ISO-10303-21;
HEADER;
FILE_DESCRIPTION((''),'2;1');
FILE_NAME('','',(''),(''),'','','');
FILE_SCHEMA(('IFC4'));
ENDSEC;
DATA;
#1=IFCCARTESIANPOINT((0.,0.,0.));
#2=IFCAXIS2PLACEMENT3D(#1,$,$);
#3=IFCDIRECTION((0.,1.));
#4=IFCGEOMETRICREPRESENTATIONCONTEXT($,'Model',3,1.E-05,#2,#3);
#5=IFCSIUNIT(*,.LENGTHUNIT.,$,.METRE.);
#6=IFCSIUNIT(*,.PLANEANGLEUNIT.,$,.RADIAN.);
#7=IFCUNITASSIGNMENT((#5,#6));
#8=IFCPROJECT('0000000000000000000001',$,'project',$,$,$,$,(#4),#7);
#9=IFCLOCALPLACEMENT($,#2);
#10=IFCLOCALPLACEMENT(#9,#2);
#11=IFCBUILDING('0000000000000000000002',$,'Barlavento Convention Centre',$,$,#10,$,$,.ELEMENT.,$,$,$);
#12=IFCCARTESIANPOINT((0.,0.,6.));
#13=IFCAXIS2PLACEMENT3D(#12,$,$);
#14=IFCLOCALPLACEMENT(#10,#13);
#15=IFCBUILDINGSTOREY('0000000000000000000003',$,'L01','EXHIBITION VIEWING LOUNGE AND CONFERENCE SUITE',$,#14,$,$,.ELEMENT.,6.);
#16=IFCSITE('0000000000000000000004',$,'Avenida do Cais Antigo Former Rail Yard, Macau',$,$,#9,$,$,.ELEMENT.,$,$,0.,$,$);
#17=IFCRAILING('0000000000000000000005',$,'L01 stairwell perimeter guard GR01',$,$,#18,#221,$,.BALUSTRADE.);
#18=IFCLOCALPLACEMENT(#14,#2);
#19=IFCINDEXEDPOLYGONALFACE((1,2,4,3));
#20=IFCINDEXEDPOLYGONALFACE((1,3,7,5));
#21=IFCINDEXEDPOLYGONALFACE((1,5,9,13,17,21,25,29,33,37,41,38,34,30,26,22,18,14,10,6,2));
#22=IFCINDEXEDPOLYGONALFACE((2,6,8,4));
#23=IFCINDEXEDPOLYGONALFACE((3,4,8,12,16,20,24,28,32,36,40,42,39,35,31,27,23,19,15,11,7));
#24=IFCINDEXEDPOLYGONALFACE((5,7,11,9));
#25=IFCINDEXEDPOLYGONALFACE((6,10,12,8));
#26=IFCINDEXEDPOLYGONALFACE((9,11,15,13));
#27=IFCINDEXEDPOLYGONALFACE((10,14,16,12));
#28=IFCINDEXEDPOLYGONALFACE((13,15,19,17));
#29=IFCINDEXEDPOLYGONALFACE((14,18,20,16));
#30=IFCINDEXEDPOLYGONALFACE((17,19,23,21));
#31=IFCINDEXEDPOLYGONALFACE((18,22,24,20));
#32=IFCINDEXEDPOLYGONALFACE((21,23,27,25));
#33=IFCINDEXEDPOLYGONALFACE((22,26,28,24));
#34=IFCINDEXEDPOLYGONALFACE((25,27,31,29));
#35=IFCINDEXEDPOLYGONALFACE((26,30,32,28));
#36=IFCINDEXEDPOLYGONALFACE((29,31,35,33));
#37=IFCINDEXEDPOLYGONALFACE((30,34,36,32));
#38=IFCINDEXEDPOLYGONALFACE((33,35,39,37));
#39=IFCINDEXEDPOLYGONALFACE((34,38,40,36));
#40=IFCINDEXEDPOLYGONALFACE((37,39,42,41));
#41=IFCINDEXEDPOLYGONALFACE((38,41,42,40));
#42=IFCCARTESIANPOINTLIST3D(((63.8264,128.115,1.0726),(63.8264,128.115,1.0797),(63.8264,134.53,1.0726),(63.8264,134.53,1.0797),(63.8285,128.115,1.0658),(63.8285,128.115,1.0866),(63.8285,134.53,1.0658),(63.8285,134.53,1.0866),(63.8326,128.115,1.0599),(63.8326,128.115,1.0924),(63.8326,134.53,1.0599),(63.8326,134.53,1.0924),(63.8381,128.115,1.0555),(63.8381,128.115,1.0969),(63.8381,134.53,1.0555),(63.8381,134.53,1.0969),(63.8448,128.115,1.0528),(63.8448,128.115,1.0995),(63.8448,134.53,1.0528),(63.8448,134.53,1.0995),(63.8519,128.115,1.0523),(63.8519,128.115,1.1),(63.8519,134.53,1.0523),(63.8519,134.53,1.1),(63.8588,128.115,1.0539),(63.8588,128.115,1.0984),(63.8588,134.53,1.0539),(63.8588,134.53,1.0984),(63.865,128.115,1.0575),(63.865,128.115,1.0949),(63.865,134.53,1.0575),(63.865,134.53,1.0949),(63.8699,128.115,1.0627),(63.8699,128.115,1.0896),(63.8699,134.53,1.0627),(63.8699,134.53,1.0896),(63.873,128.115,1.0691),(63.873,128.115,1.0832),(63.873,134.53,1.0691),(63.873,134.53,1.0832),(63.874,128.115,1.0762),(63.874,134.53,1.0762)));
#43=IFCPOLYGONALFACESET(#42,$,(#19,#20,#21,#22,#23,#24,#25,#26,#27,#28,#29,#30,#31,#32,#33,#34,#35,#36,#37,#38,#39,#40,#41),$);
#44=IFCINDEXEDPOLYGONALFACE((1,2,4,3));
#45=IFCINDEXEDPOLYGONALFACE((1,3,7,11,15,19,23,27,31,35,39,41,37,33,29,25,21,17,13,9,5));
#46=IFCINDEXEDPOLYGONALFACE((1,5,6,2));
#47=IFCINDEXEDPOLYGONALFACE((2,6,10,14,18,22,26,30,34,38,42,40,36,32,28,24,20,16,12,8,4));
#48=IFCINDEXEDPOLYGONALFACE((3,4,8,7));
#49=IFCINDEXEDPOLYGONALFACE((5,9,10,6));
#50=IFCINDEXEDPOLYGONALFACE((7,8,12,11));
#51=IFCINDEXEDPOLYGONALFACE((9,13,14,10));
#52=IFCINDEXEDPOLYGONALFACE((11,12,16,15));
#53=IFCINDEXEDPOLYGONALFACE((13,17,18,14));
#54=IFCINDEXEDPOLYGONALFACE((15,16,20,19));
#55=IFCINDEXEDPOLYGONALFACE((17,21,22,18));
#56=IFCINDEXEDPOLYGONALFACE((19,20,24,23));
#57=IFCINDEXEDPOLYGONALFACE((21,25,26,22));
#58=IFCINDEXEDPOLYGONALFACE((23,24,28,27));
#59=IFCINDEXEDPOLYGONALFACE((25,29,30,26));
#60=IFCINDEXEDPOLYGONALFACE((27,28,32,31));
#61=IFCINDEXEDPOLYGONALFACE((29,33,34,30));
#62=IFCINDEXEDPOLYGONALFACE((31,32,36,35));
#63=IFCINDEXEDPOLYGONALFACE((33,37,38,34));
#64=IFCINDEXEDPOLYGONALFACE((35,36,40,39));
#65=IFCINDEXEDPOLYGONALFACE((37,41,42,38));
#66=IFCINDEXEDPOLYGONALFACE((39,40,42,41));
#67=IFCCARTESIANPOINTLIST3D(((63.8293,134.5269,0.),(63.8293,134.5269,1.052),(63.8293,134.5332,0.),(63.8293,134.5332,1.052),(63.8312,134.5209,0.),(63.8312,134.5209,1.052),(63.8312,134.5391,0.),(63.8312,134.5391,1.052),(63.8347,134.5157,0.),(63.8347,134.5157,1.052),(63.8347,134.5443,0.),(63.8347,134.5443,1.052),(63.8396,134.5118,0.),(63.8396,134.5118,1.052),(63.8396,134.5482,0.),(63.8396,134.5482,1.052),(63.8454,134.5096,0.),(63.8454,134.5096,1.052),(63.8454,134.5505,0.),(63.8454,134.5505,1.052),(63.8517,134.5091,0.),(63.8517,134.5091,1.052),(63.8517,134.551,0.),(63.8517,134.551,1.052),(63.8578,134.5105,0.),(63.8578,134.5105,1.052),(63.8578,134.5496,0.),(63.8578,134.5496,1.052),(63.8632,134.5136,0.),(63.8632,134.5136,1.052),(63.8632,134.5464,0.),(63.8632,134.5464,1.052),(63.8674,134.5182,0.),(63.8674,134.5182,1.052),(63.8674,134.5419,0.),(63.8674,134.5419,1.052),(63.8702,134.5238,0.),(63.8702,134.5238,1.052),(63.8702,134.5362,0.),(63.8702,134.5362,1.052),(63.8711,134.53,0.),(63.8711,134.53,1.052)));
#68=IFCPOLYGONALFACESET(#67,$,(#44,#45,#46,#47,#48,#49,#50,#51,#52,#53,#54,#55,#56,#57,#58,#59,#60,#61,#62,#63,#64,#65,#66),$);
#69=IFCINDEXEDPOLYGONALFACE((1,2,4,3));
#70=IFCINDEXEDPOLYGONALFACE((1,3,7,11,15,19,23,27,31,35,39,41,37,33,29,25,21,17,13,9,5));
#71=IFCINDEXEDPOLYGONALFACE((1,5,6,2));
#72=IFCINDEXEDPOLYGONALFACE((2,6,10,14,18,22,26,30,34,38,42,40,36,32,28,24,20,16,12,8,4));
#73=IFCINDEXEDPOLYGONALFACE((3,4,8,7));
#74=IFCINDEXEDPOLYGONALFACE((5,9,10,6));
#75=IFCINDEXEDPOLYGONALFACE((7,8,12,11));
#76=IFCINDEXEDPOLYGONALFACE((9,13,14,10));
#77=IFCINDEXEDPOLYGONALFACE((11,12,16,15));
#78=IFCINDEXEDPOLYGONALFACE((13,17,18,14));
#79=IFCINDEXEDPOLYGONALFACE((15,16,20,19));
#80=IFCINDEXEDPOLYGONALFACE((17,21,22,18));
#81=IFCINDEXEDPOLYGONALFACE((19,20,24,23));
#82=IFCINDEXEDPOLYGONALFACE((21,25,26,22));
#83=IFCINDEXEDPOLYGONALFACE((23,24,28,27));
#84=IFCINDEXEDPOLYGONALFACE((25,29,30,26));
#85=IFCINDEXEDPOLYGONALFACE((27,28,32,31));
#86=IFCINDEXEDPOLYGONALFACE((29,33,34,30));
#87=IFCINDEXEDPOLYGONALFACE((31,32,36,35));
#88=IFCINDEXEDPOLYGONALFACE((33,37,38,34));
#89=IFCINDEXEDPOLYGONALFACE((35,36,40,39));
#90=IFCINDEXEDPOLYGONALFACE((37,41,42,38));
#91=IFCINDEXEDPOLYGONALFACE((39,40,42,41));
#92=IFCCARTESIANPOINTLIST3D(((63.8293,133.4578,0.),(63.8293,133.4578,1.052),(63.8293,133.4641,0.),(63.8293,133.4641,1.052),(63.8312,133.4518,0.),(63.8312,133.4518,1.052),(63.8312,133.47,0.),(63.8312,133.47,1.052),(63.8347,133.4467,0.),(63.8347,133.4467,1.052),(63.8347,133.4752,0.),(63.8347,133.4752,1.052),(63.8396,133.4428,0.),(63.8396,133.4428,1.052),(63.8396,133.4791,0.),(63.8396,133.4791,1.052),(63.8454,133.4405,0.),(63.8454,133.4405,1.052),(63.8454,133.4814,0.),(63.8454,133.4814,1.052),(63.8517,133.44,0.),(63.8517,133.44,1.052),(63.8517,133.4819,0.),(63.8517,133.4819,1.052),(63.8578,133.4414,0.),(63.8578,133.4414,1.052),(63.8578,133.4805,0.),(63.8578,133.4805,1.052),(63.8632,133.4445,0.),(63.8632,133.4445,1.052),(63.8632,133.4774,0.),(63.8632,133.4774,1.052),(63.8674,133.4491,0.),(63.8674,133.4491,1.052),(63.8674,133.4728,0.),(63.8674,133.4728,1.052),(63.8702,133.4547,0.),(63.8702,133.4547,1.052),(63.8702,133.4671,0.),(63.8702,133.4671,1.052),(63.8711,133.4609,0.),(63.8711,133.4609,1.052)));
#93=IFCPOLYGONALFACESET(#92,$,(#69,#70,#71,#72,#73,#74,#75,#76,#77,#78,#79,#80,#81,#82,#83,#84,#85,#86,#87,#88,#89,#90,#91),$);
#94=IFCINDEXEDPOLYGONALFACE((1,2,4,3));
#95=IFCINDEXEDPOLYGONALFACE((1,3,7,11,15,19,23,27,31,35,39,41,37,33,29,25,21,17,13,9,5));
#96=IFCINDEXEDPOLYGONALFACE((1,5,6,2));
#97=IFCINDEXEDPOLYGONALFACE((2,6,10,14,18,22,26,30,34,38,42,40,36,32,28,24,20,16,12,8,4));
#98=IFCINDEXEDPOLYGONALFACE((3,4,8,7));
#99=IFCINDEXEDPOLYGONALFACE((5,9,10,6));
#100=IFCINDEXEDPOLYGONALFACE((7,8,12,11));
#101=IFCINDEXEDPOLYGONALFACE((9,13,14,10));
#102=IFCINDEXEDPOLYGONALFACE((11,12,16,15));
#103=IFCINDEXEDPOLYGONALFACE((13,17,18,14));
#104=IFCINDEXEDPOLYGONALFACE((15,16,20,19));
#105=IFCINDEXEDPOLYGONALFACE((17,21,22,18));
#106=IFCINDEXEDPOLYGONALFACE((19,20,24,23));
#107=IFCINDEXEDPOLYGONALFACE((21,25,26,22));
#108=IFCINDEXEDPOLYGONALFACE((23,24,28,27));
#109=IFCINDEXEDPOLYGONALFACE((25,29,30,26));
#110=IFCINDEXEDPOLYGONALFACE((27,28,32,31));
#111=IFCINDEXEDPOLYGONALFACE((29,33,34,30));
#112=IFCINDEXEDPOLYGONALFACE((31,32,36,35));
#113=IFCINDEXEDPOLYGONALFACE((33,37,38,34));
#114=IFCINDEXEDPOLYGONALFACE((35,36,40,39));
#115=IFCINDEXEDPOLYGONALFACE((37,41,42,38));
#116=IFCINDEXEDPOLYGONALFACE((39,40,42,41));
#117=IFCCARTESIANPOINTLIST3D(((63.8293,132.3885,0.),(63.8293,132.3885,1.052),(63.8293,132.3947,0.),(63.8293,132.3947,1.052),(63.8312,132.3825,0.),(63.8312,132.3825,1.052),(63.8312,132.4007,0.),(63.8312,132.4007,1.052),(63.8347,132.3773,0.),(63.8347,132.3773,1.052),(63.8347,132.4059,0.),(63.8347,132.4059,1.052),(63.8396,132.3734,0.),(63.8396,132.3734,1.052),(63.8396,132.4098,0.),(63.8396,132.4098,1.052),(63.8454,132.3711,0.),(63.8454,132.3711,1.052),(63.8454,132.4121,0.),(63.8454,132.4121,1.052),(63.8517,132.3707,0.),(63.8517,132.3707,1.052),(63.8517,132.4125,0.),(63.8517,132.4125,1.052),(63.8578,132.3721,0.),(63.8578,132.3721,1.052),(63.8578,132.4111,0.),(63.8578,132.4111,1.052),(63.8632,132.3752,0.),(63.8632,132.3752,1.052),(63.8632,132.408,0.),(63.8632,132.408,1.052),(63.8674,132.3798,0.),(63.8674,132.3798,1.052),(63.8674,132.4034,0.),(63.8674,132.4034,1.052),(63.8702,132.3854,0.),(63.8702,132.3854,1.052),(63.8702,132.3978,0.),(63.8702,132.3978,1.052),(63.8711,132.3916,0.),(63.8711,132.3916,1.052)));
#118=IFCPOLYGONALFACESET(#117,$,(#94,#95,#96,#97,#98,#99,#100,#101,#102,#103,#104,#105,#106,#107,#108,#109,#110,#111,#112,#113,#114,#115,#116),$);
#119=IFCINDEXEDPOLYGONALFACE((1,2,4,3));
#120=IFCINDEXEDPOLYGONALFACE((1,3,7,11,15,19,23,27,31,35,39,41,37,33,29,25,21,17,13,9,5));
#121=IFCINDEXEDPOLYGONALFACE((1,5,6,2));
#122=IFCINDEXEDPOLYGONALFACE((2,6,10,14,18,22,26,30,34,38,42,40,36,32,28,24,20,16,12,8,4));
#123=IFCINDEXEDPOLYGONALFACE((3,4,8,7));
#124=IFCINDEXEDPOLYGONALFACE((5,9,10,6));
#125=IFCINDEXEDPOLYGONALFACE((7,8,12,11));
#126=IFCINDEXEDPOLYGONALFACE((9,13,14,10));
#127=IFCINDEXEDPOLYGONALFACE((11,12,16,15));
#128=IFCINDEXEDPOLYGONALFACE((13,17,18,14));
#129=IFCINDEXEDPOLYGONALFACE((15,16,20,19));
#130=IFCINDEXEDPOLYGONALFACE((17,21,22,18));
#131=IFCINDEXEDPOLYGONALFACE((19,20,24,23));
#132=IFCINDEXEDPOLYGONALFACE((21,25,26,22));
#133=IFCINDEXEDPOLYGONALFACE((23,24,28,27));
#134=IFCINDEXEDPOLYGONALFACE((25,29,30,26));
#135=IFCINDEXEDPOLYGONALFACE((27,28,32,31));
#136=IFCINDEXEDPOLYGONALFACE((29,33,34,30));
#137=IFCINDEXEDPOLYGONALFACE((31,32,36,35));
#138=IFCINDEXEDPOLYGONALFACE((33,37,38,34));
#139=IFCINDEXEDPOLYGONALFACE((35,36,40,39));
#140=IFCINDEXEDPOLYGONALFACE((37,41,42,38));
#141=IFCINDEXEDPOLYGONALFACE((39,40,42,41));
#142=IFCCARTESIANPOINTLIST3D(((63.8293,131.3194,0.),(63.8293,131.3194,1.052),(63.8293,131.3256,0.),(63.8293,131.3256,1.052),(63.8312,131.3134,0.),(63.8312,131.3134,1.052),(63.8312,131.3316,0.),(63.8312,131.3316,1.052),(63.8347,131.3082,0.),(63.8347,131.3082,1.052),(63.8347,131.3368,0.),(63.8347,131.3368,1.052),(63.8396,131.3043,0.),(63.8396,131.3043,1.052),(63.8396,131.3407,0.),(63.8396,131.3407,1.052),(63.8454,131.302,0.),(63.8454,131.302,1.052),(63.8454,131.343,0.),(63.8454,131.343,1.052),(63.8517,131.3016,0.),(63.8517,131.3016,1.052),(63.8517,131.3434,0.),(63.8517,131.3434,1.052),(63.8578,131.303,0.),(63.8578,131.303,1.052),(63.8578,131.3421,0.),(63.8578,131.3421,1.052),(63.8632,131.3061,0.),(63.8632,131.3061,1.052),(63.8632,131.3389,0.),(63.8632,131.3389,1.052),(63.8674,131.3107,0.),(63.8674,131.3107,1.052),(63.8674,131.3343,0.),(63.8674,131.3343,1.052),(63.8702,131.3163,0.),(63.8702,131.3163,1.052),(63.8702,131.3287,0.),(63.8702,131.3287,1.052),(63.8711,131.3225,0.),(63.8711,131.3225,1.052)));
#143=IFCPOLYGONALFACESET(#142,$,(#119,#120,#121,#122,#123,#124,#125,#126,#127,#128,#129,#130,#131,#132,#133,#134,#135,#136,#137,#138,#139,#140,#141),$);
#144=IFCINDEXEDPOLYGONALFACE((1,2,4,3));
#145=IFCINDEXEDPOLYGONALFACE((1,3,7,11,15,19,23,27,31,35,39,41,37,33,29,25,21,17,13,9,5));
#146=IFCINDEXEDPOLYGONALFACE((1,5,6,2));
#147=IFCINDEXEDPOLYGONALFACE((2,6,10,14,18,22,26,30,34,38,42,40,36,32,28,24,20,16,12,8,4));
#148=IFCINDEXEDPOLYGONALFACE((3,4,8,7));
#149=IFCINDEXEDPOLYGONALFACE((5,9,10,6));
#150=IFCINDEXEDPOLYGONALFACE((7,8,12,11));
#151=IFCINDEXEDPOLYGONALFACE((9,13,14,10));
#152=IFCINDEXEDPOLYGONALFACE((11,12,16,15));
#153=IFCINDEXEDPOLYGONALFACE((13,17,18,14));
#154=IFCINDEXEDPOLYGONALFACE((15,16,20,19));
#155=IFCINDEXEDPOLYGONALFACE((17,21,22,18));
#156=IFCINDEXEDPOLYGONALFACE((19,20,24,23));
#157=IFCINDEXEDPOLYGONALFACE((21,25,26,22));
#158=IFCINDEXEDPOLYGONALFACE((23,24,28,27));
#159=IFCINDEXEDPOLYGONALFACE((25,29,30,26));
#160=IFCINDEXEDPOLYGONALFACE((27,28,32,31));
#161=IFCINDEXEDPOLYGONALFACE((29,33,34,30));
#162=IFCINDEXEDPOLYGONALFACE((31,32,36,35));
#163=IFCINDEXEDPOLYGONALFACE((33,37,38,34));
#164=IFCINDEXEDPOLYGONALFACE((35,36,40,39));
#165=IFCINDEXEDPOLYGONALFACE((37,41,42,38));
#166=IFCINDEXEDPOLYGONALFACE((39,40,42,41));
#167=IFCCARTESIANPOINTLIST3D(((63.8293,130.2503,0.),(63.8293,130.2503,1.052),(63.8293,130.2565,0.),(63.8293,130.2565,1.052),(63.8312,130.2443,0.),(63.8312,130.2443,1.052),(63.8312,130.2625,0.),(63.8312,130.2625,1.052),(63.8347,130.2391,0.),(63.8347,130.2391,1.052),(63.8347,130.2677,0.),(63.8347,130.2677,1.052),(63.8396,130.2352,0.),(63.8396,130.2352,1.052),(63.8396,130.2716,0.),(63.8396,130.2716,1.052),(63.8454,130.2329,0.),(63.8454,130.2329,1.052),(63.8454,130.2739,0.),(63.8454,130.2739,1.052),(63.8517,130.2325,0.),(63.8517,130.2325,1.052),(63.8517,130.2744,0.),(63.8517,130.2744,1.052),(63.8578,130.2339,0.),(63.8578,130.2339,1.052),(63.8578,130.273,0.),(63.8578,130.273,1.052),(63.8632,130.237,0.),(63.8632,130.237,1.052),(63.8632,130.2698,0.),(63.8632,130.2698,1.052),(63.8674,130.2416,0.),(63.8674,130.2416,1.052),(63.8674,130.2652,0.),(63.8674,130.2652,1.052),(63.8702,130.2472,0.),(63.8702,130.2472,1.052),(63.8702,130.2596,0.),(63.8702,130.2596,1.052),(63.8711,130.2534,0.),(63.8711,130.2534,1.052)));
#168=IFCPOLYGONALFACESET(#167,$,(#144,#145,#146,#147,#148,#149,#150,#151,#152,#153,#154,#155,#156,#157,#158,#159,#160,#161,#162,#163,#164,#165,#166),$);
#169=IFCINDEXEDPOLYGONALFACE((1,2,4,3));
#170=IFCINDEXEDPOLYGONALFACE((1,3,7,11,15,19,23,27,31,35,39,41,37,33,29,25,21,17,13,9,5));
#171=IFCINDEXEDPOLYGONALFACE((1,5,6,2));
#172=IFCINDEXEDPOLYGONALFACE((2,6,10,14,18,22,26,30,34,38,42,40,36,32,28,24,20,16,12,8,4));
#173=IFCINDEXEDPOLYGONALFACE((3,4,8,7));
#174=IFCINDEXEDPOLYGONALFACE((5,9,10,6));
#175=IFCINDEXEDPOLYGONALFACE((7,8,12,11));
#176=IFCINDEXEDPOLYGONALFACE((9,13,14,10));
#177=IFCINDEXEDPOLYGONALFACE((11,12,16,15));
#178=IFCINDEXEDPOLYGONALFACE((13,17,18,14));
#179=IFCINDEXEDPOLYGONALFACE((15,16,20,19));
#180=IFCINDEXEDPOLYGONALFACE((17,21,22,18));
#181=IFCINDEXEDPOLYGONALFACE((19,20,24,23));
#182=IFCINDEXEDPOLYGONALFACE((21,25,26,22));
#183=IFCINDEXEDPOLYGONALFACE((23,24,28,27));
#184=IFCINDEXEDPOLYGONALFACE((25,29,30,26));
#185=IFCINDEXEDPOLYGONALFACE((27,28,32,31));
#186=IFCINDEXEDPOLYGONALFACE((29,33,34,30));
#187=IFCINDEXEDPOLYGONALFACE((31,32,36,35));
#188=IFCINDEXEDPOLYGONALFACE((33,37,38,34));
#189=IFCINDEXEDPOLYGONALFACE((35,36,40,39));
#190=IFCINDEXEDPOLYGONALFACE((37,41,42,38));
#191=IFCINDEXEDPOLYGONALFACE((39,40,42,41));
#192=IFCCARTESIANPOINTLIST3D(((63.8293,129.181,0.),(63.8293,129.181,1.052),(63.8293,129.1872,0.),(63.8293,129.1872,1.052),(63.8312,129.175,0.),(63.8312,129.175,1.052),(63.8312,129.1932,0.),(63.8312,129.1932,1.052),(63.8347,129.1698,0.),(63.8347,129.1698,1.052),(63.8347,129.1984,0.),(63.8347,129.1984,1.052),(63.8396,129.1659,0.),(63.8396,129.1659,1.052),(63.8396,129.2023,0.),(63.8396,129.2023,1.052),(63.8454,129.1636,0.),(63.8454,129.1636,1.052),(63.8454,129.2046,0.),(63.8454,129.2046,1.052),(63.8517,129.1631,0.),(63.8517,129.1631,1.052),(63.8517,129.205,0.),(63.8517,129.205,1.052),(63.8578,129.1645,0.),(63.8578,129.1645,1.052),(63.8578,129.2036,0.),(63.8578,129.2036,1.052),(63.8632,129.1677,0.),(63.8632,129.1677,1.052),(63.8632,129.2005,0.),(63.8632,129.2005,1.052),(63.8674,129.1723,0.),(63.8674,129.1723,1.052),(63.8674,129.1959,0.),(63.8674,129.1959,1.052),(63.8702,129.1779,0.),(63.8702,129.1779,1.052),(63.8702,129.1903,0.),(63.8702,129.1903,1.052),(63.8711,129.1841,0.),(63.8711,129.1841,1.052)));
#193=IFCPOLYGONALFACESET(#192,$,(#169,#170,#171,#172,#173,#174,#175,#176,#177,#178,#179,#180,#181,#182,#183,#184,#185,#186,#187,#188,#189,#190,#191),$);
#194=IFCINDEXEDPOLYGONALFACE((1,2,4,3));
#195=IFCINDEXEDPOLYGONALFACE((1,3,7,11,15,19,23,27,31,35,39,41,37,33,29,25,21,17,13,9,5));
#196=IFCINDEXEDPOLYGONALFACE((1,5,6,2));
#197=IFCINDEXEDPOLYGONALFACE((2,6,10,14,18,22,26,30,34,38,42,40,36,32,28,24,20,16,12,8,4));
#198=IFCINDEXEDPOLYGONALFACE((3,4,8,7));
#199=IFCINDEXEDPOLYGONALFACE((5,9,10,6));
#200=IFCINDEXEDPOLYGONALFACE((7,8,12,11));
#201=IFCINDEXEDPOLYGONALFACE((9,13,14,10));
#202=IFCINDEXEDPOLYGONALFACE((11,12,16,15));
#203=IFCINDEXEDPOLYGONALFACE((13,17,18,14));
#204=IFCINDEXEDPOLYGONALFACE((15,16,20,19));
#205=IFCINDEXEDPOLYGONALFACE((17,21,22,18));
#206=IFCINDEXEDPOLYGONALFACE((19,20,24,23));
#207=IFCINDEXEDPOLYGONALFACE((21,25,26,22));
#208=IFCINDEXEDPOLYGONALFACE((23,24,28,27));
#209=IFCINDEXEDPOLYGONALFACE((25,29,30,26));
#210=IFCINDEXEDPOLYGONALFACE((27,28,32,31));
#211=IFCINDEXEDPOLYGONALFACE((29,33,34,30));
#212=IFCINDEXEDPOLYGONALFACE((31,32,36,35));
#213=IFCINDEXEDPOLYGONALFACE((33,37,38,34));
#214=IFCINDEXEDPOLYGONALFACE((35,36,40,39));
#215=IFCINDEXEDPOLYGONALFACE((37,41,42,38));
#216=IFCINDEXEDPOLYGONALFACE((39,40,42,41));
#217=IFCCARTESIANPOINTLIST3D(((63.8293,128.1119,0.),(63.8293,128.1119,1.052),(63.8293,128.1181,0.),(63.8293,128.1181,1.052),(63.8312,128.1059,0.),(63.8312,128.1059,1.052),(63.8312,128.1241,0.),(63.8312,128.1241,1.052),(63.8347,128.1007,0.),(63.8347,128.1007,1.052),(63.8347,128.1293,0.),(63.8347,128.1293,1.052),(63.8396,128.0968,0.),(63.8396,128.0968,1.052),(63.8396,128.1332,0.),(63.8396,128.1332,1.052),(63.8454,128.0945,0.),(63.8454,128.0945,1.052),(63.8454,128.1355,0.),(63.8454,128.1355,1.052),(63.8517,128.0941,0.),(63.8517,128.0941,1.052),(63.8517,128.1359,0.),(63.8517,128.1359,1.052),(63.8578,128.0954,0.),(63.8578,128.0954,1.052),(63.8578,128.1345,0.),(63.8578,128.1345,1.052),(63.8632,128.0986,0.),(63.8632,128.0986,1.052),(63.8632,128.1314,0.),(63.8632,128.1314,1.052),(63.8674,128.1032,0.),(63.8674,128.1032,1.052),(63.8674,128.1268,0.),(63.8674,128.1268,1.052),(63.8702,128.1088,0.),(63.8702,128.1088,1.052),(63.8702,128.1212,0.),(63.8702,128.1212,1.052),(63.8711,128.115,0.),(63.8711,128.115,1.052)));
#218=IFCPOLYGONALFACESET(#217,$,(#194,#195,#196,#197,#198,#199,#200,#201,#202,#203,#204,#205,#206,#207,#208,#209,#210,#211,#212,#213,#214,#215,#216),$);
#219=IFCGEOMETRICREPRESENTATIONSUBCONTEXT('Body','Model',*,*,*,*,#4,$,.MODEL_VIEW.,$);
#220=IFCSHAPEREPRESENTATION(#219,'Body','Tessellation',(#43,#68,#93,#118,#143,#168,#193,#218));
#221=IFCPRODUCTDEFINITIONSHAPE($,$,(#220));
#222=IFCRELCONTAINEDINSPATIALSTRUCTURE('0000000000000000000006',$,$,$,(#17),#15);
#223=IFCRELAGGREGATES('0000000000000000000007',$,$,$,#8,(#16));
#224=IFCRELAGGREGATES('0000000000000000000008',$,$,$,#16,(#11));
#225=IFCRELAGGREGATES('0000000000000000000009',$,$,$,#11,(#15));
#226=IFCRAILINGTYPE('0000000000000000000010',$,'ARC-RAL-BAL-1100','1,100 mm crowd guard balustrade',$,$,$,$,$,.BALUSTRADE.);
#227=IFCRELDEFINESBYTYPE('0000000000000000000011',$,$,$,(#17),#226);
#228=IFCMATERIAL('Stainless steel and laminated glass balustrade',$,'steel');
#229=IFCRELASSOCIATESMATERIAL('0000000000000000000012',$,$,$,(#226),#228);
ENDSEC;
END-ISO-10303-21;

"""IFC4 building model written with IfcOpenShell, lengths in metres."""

from ifc_helpers import new_model, si_unit, direction, frame, origin, origin_2d, place, context, subcontext, project, spatial, circle, extrude, material, type_object, element, save


model = new_model("IFC4")

# Units and contexts
model_context = context("Model", 3, precision=1e-05, world=origin(), true_north=direction((0.0, 1.0)))
body_context = subcontext(model_context, "Body", "Model", "MODEL_VIEW")
ifc_project = project(units=[si_unit("LENGTHUNIT", "METRE"), si_unit("PLANEANGLEUNIT", "RADIAN")], contexts=[model_context])

# Site, building, storey
site_placement = place(None, origin())
site = spatial("IfcSite", under=ifc_project, at=site_placement, Name="Avenida do Cais Antigo Former Rail Yard, Macau", CompositionType="ELEMENT", RefElevation=0.0)
building_placement = place(site_placement, origin())
building = spatial("IfcBuilding", under=site, at=building_placement, Name="Barlavento Convention Centre", CompositionType="ELEMENT")
storey_placement = place(building_placement, frame((0.0, 0.0, 6.0)))
storey = spatial("IfcBuildingStorey", under=building, at=storey_placement, Name="L01", Description="EXHIBITION VIEWING LOUNGE AND CONFERENCE SUITE", CompositionType="ELEMENT", Elevation=6.0)

# Railing
ifc_material_1 = material(Name="Stainless steel and laminated glass balustrade", Category="steel")
railing_type = type_object("IfcRailingType", Name="ARC-RAL-BAL-1100", Description="1,100 mm crowd guard balustrade", PredefinedType="BALUSTRADE", material=ifc_material_1)
railing_1_placement = place(storey_placement, frame((63.8501, 134.53, 0.0)))
element("IfcRailing", 1, at=railing_1_placement, inside=storey, type_object=railing_type, Name="L01 stairwell perimeter guard GR01", PredefinedType="BALUSTRADE", context=body_context, shape_type="SweptSolid", body=[
    extrude(circle(Radius=0.0239, at=origin_2d()), frame((0.0, 0.0, 1.0762), z_axis=(0.0, -1.0, 0.0), x_axis=(1.0, 0.0, 0.0)), (0.0, 0.0, 1.0), 6.415),
    extrude(circle(Radius=0.021, at=origin_2d()), origin(), (0.0, 0.0, 1.0), 1.052),
    extrude(circle(Radius=0.021, at=origin_2d()), frame((0.0, -1.0691, 0.0)), (0.0, 0.0, 1.0), 1.052),
    extrude(circle(Radius=0.021, at=origin_2d()), frame((0.0, -2.1384, 0.0)), (0.0, 0.0, 1.0), 1.052),
    extrude(circle(Radius=0.021, at=origin_2d()), frame((0.0, -3.2075, 0.0)), (0.0, 0.0, 1.0), 1.052),
    extrude(circle(Radius=0.021, at=origin_2d()), frame((0.0, -4.2766, 0.0)), (0.0, 0.0, 1.0), 1.052),
    extrude(circle(Radius=0.021, at=origin_2d()), frame((0.0, -5.3459, 0.0)), (0.0, 0.0, 1.0), 1.052),
    extrude(circle(Radius=0.021, at=origin_2d()), frame((0.0, -6.415, 0.0)), (0.0, 0.0, 1.0), 1.052),
])

save(model, "model.ifc")
